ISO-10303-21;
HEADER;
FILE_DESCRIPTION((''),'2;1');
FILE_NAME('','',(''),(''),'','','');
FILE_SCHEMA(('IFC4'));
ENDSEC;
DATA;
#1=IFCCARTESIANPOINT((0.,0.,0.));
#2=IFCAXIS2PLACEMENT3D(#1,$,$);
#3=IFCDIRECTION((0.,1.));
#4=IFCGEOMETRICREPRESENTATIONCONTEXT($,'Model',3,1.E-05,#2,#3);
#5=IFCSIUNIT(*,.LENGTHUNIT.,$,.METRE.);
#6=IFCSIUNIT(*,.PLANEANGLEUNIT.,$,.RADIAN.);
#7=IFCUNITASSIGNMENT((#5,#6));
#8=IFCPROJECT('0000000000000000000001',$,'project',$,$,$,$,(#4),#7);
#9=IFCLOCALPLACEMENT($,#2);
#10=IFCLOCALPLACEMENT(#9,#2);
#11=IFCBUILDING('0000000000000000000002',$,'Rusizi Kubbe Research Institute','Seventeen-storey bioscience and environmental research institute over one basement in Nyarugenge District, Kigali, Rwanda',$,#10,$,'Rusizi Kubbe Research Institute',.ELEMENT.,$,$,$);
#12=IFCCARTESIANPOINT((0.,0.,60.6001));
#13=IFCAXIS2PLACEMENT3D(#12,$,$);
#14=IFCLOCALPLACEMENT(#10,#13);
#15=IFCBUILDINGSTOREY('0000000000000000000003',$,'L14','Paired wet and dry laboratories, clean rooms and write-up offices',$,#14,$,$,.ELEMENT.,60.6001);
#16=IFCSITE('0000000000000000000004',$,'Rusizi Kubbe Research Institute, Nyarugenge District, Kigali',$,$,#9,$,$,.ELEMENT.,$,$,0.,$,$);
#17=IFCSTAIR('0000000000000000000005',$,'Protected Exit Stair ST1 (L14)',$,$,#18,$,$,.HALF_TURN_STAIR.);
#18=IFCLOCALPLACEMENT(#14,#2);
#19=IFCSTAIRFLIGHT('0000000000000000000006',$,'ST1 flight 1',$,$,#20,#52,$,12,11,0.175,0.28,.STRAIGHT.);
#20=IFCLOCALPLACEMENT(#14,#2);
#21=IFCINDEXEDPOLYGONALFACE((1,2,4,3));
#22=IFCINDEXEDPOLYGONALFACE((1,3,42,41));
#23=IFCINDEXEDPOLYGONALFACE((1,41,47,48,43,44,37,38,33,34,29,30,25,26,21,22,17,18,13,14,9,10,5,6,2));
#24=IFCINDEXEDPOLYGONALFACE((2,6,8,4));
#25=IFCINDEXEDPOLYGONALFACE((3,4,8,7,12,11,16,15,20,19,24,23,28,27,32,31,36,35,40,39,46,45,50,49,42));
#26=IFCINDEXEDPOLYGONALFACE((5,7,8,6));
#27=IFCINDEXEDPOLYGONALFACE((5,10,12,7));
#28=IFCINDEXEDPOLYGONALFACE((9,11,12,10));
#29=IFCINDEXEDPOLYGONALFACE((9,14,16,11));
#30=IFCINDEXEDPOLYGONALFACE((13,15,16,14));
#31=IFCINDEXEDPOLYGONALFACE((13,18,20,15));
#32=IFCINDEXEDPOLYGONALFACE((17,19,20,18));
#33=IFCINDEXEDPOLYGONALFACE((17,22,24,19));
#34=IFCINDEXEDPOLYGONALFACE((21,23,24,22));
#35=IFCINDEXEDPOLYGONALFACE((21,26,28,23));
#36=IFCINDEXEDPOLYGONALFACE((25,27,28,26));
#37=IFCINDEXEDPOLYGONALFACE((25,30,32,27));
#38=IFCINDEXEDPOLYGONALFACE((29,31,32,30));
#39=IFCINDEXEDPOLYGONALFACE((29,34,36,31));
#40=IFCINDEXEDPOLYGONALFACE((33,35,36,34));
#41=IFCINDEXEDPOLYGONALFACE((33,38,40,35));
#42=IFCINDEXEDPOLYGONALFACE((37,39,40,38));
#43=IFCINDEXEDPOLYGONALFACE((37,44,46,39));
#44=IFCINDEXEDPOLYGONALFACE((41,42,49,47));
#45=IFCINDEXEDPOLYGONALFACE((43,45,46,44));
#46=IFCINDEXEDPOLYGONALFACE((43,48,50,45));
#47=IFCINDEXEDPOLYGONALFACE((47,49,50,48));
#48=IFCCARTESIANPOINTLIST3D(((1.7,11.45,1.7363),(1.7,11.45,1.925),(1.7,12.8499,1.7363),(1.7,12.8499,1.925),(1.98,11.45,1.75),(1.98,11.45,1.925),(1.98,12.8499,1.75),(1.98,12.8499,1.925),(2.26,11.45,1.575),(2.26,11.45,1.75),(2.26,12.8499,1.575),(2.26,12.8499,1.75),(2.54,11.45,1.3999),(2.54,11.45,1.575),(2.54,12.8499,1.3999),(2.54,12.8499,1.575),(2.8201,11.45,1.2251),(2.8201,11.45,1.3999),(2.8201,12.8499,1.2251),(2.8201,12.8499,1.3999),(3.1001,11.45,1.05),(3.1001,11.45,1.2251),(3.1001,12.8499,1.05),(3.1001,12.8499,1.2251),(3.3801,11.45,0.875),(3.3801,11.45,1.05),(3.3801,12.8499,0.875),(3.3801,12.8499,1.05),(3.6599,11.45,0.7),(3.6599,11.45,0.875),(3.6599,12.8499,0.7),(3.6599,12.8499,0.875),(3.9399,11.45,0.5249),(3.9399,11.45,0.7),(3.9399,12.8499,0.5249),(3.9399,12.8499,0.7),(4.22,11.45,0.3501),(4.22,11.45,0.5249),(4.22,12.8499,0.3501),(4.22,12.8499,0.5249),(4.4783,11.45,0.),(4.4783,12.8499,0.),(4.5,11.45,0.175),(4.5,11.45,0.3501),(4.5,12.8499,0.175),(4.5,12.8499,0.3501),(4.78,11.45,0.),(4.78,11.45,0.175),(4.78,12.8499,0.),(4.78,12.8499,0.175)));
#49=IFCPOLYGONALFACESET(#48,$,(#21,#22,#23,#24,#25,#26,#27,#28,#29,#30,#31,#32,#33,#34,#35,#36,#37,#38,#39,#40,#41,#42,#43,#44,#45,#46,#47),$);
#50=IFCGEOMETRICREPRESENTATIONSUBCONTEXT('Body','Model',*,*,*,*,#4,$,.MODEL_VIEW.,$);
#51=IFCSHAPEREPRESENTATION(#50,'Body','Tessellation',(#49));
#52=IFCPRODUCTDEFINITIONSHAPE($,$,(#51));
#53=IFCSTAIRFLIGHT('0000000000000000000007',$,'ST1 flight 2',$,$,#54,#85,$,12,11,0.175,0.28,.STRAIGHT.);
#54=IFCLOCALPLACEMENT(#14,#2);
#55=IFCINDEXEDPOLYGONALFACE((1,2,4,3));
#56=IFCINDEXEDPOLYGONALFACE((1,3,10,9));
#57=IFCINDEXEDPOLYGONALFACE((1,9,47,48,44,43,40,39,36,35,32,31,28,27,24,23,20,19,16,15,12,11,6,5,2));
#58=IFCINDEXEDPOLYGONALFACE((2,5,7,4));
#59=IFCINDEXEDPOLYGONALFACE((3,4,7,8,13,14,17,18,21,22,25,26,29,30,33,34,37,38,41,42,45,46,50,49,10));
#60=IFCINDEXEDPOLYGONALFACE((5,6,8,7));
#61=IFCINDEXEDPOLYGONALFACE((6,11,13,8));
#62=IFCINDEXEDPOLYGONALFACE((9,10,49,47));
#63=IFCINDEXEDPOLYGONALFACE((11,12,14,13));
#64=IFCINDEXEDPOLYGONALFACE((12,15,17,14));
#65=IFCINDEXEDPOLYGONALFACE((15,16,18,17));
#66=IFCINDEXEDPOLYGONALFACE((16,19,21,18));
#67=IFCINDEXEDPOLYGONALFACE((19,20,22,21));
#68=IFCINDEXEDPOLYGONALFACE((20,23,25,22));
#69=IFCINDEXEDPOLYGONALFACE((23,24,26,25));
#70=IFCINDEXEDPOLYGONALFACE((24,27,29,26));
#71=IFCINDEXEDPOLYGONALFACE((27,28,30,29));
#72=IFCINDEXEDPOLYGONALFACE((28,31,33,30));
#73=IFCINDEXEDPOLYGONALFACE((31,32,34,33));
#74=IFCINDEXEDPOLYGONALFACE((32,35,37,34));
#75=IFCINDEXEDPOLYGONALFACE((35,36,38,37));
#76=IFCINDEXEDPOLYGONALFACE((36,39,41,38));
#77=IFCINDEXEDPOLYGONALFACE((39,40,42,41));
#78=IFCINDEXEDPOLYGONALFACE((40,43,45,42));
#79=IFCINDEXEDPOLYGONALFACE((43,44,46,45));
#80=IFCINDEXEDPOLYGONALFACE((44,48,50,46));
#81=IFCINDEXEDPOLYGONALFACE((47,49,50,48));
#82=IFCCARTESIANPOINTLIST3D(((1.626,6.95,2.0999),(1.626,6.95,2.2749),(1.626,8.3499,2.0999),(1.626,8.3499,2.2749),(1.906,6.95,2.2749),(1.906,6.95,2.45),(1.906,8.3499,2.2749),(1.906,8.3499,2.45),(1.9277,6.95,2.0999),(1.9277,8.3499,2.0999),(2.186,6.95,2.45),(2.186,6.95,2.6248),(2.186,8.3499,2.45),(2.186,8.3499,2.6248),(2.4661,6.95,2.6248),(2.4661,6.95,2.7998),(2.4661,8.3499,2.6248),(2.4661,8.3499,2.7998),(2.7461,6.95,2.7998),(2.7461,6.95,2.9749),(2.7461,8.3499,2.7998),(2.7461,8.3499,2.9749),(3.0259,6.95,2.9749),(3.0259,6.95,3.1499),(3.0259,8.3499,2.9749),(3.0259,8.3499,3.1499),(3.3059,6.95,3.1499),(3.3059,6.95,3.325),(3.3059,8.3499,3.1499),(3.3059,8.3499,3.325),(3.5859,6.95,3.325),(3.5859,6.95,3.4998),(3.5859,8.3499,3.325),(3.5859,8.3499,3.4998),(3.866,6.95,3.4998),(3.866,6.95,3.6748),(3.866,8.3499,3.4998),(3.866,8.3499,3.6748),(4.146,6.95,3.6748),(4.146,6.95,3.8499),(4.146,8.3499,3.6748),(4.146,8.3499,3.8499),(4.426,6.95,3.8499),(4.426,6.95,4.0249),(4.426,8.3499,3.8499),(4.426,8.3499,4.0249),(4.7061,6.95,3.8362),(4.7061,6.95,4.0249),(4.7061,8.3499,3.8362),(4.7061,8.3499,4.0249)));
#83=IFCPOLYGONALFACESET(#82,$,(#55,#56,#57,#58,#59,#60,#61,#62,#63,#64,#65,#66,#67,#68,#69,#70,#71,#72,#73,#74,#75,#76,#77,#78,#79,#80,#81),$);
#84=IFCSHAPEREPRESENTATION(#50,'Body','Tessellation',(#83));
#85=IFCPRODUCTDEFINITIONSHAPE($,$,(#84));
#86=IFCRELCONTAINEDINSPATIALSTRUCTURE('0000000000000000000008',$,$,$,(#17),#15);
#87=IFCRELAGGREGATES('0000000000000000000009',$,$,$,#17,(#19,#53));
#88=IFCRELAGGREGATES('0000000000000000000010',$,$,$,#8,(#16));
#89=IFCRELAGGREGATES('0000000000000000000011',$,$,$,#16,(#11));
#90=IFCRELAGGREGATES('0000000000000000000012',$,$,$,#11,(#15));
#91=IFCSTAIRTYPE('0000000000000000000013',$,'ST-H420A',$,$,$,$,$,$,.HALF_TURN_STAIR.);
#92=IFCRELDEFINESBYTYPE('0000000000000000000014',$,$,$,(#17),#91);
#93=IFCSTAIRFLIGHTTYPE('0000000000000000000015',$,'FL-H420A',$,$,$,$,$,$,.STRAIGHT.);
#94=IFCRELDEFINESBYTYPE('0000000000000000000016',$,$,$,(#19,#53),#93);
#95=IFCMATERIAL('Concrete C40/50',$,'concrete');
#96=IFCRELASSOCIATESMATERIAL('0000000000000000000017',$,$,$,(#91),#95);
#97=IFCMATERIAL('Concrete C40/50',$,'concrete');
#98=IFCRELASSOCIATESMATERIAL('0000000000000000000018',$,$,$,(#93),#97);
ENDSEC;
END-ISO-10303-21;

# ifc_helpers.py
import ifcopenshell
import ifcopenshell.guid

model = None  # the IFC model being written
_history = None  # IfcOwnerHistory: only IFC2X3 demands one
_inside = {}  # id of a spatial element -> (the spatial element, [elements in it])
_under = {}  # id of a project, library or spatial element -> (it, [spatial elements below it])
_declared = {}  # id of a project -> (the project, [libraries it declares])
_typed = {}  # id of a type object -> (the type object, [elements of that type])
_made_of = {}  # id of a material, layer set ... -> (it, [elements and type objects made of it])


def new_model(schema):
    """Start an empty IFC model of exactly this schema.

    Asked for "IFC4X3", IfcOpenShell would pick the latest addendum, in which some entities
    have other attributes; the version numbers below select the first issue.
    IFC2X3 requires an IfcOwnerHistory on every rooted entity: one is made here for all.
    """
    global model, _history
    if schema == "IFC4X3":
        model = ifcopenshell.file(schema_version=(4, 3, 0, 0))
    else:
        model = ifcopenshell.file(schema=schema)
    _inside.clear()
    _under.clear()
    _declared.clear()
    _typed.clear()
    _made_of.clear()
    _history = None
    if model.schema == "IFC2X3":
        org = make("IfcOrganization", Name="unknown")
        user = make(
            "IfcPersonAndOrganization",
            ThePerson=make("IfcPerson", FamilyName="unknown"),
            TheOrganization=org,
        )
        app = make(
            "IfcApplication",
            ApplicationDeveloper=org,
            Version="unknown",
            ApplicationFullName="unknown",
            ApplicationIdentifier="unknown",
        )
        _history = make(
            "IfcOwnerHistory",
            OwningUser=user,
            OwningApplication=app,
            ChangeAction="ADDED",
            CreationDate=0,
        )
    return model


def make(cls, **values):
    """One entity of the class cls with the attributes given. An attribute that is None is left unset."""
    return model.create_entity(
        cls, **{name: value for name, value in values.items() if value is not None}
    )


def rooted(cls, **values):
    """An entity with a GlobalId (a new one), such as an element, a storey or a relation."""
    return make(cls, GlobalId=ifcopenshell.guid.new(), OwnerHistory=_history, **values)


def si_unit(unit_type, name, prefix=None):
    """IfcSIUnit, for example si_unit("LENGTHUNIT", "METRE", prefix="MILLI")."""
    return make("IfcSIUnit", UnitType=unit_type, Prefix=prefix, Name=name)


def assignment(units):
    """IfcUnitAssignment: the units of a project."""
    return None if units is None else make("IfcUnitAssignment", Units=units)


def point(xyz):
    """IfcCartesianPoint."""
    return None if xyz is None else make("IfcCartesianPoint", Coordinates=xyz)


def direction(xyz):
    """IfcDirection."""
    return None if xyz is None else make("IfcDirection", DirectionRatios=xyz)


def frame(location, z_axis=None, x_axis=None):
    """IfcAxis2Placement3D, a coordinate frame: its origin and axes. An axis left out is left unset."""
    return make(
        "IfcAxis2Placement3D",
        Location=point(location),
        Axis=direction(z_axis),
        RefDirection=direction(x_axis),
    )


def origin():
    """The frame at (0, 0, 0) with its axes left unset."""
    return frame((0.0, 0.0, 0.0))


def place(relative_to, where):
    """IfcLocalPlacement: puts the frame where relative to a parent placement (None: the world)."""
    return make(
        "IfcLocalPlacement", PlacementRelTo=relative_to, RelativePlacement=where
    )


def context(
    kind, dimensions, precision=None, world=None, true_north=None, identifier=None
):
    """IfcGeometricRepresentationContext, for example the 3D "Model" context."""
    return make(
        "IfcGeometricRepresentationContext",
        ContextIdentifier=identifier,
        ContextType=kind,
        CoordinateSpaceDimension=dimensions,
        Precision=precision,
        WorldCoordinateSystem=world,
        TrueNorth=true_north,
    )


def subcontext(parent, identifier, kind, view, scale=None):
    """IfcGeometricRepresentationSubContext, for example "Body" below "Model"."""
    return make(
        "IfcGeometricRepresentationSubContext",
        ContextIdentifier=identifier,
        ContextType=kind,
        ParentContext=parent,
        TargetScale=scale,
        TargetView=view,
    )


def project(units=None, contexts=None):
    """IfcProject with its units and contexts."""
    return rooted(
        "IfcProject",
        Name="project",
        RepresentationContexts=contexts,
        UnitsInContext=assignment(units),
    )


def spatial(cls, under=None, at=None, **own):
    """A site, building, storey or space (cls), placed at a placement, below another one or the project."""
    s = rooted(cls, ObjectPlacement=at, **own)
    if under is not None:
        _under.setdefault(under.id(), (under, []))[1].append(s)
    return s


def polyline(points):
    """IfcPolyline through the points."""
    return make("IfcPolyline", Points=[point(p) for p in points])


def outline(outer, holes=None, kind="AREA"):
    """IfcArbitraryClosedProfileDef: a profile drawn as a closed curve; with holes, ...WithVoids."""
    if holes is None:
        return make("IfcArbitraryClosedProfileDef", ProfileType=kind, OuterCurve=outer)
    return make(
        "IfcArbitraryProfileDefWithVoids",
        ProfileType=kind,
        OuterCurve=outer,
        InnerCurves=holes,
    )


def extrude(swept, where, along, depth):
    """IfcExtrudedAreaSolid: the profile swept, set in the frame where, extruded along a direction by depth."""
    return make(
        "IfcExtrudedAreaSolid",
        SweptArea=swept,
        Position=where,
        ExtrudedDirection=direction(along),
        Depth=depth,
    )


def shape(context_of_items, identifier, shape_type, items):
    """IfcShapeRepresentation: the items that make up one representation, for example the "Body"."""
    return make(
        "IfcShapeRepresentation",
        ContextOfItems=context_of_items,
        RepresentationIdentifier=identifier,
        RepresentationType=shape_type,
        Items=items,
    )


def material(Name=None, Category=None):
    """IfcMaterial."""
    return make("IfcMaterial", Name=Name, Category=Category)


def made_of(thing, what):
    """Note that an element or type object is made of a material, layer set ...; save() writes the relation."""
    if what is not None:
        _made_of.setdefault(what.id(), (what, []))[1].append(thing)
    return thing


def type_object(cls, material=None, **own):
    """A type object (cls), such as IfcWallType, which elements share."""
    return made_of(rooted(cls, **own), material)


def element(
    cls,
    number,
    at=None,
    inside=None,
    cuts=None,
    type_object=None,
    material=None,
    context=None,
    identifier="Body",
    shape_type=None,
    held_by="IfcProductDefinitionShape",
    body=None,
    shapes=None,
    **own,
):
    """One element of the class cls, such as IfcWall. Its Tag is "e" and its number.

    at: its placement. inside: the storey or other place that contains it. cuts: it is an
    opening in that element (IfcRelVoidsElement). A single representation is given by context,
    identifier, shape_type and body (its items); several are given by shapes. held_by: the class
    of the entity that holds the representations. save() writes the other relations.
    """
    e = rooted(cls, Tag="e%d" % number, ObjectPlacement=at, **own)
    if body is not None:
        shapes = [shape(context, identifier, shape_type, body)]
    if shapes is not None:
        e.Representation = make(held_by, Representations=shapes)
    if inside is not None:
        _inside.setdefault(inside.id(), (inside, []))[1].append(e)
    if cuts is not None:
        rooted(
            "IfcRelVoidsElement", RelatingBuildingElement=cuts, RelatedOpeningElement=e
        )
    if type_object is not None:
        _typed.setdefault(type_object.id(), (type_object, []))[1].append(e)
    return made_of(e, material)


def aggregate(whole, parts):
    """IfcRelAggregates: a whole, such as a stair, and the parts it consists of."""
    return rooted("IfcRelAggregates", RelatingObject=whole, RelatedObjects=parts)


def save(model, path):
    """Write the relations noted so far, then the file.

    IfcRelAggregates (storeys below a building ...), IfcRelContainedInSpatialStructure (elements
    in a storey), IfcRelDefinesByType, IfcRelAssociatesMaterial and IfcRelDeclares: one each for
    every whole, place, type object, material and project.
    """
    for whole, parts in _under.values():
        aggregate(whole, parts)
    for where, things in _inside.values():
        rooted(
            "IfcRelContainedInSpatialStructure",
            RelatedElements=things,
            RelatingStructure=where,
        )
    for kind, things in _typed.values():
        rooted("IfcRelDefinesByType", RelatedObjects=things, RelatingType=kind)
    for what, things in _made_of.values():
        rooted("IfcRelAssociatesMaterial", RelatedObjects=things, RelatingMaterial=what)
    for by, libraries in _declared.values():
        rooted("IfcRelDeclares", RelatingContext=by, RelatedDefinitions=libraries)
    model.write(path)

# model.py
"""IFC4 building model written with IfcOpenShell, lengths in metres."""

from ifc_helpers import new_model, si_unit, direction, frame, origin, place, context, subcontext, project, spatial, polyline, outline, extrude, material, type_object, element, aggregate, save


model = new_model("IFC4")

# Units and contexts
model_context = context("Model", 3, precision=1e-05, world=origin(), true_north=direction((0.0, 1.0)))
body_context = subcontext(model_context, "Body", "Model", "MODEL_VIEW")
ifc_project = project(units=[si_unit("LENGTHUNIT", "METRE"), si_unit("PLANEANGLEUNIT", "RADIAN")], contexts=[model_context])

# Site, building, storey
site_placement = place(None, origin())
site = spatial("IfcSite", under=ifc_project, at=site_placement, Name="Rusizi Kubbe Research Institute, Nyarugenge District, Kigali", CompositionType="ELEMENT", RefElevation=0.0)
building_placement = place(site_placement, origin())
building = spatial("IfcBuilding", under=site, at=building_placement, Name="Rusizi Kubbe Research Institute", Description="Seventeen-storey bioscience and environmental research institute over one basement in Nyarugenge District, Kigali, Rwanda", LongName="Rusizi Kubbe Research Institute", CompositionType="ELEMENT")
storey_placement = place(building_placement, frame((0.0, 0.0, 60.6001)))
storey = spatial("IfcBuildingStorey", under=building, at=storey_placement, Name="L14", Description="Paired wet and dry laboratories, clean rooms and write-up offices", CompositionType="ELEMENT", Elevation=60.6001)

# Stair, stair flights
ifc_material_1 = material(Name="Concrete C40/50", Category="concrete")
stair_type = type_object("IfcStairType", Name="ST-H420A", PredefinedType="HALF_TURN_STAIR", material=ifc_material_1)
stair_placement = place(storey_placement, origin())
stair = element("IfcStair", 1, at=stair_placement, inside=storey, type_object=stair_type, Name="Protected Exit Stair ST1 (L14)", PredefinedType="HALF_TURN_STAIR")
ifc_material_2 = material(Name="Concrete C40/50", Category="concrete")
stair_flight_type = type_object("IfcStairFlightType", Name="FL-H420A", PredefinedType="STRAIGHT", material=ifc_material_2)
stair_flight_1_placement = place(storey_placement, frame((4.78, 12.1499, 0.0), z_axis=(0.0, 0.0, 1.0), x_axis=(-1.0, 0.0, 0.0)))
stair_flight_1 = element("IfcStairFlight", 2, at=stair_flight_1_placement, type_object=stair_flight_type, Name="ST1 flight 1", NumberOfRisers=12, NumberOfTreads=11, PredefinedType="STRAIGHT", RiserHeight=0.175, TreadLength=0.28, context=body_context, shape_type="SweptSolid", body=[
    extrude(outline(polyline([(0.0, 0.0), (0.0, 0.175), (0.28, 0.175), (0.28, 0.3501), (0.5601, 0.3501), (0.5601, 0.5249), (0.8401, 0.5249), (0.8401, 0.7), (1.1201, 0.7), (1.1201, 0.875), (1.3999, 0.875), (1.3999, 1.05), (1.6799, 1.05), (1.6799, 1.2251), (1.96, 1.2251), (1.96, 1.3999), (2.24, 1.3999), (2.24, 1.575), (2.52, 1.575), (2.52, 1.75), (2.8, 1.75), (2.8, 1.925), (3.0801, 1.925), (3.0801, 2.1001), (3.0801, 1.7363), (0.3018, 0.0), (0.0, 0.0)])), frame((0.0, 0.7, 0.0), z_axis=(0.0, -1.0, 0.0), x_axis=(1.0, 0.0, 0.0)), (0.0, 0.0, 1.0), 1.3999),
])
stair_flight_2_placement = place(storey_placement, frame((1.626, 7.6499, 2.0999), z_axis=(0.0, 0.0, 1.0), x_axis=(1.0, 0.0, 0.0)))
stair_flight_2 = element("IfcStairFlight", 3, at=stair_flight_2_placement, type_object=stair_flight_type, Name="ST1 flight 2", NumberOfRisers=12, NumberOfTreads=11, PredefinedType="STRAIGHT", RiserHeight=0.175, TreadLength=0.28, context=body_context, shape_type="SweptSolid", body=[
    extrude(outline(polyline([(0.0, 0.0), (0.0, 0.175), (0.28, 0.175), (0.28, 0.3501), (0.5601, 0.3501), (0.5601, 0.5249), (0.8401, 0.5249), (0.8401, 0.7), (1.1201, 0.7), (1.1201, 0.875), (1.3999, 0.875), (1.3999, 1.05), (1.6799, 1.05), (1.6799, 1.2251), (1.96, 1.2251), (1.96, 1.3999), (2.24, 1.3999), (2.24, 1.575), (2.52, 1.575), (2.52, 1.75), (2.8, 1.75), (2.8, 1.925), (3.0801, 1.925), (3.0801, 2.1001), (3.0801, 1.7363), (0.3018, 0.0), (0.0, 0.0)])), frame((0.0, 0.7, 0.0), z_axis=(0.0, -1.0, 0.0), x_axis=(1.0, 0.0, 0.0)), (0.0, 0.0, 1.0), 1.3999),
])
aggregate(stair, [stair_flight_1, stair_flight_2])

save(model, "model.ifc")
